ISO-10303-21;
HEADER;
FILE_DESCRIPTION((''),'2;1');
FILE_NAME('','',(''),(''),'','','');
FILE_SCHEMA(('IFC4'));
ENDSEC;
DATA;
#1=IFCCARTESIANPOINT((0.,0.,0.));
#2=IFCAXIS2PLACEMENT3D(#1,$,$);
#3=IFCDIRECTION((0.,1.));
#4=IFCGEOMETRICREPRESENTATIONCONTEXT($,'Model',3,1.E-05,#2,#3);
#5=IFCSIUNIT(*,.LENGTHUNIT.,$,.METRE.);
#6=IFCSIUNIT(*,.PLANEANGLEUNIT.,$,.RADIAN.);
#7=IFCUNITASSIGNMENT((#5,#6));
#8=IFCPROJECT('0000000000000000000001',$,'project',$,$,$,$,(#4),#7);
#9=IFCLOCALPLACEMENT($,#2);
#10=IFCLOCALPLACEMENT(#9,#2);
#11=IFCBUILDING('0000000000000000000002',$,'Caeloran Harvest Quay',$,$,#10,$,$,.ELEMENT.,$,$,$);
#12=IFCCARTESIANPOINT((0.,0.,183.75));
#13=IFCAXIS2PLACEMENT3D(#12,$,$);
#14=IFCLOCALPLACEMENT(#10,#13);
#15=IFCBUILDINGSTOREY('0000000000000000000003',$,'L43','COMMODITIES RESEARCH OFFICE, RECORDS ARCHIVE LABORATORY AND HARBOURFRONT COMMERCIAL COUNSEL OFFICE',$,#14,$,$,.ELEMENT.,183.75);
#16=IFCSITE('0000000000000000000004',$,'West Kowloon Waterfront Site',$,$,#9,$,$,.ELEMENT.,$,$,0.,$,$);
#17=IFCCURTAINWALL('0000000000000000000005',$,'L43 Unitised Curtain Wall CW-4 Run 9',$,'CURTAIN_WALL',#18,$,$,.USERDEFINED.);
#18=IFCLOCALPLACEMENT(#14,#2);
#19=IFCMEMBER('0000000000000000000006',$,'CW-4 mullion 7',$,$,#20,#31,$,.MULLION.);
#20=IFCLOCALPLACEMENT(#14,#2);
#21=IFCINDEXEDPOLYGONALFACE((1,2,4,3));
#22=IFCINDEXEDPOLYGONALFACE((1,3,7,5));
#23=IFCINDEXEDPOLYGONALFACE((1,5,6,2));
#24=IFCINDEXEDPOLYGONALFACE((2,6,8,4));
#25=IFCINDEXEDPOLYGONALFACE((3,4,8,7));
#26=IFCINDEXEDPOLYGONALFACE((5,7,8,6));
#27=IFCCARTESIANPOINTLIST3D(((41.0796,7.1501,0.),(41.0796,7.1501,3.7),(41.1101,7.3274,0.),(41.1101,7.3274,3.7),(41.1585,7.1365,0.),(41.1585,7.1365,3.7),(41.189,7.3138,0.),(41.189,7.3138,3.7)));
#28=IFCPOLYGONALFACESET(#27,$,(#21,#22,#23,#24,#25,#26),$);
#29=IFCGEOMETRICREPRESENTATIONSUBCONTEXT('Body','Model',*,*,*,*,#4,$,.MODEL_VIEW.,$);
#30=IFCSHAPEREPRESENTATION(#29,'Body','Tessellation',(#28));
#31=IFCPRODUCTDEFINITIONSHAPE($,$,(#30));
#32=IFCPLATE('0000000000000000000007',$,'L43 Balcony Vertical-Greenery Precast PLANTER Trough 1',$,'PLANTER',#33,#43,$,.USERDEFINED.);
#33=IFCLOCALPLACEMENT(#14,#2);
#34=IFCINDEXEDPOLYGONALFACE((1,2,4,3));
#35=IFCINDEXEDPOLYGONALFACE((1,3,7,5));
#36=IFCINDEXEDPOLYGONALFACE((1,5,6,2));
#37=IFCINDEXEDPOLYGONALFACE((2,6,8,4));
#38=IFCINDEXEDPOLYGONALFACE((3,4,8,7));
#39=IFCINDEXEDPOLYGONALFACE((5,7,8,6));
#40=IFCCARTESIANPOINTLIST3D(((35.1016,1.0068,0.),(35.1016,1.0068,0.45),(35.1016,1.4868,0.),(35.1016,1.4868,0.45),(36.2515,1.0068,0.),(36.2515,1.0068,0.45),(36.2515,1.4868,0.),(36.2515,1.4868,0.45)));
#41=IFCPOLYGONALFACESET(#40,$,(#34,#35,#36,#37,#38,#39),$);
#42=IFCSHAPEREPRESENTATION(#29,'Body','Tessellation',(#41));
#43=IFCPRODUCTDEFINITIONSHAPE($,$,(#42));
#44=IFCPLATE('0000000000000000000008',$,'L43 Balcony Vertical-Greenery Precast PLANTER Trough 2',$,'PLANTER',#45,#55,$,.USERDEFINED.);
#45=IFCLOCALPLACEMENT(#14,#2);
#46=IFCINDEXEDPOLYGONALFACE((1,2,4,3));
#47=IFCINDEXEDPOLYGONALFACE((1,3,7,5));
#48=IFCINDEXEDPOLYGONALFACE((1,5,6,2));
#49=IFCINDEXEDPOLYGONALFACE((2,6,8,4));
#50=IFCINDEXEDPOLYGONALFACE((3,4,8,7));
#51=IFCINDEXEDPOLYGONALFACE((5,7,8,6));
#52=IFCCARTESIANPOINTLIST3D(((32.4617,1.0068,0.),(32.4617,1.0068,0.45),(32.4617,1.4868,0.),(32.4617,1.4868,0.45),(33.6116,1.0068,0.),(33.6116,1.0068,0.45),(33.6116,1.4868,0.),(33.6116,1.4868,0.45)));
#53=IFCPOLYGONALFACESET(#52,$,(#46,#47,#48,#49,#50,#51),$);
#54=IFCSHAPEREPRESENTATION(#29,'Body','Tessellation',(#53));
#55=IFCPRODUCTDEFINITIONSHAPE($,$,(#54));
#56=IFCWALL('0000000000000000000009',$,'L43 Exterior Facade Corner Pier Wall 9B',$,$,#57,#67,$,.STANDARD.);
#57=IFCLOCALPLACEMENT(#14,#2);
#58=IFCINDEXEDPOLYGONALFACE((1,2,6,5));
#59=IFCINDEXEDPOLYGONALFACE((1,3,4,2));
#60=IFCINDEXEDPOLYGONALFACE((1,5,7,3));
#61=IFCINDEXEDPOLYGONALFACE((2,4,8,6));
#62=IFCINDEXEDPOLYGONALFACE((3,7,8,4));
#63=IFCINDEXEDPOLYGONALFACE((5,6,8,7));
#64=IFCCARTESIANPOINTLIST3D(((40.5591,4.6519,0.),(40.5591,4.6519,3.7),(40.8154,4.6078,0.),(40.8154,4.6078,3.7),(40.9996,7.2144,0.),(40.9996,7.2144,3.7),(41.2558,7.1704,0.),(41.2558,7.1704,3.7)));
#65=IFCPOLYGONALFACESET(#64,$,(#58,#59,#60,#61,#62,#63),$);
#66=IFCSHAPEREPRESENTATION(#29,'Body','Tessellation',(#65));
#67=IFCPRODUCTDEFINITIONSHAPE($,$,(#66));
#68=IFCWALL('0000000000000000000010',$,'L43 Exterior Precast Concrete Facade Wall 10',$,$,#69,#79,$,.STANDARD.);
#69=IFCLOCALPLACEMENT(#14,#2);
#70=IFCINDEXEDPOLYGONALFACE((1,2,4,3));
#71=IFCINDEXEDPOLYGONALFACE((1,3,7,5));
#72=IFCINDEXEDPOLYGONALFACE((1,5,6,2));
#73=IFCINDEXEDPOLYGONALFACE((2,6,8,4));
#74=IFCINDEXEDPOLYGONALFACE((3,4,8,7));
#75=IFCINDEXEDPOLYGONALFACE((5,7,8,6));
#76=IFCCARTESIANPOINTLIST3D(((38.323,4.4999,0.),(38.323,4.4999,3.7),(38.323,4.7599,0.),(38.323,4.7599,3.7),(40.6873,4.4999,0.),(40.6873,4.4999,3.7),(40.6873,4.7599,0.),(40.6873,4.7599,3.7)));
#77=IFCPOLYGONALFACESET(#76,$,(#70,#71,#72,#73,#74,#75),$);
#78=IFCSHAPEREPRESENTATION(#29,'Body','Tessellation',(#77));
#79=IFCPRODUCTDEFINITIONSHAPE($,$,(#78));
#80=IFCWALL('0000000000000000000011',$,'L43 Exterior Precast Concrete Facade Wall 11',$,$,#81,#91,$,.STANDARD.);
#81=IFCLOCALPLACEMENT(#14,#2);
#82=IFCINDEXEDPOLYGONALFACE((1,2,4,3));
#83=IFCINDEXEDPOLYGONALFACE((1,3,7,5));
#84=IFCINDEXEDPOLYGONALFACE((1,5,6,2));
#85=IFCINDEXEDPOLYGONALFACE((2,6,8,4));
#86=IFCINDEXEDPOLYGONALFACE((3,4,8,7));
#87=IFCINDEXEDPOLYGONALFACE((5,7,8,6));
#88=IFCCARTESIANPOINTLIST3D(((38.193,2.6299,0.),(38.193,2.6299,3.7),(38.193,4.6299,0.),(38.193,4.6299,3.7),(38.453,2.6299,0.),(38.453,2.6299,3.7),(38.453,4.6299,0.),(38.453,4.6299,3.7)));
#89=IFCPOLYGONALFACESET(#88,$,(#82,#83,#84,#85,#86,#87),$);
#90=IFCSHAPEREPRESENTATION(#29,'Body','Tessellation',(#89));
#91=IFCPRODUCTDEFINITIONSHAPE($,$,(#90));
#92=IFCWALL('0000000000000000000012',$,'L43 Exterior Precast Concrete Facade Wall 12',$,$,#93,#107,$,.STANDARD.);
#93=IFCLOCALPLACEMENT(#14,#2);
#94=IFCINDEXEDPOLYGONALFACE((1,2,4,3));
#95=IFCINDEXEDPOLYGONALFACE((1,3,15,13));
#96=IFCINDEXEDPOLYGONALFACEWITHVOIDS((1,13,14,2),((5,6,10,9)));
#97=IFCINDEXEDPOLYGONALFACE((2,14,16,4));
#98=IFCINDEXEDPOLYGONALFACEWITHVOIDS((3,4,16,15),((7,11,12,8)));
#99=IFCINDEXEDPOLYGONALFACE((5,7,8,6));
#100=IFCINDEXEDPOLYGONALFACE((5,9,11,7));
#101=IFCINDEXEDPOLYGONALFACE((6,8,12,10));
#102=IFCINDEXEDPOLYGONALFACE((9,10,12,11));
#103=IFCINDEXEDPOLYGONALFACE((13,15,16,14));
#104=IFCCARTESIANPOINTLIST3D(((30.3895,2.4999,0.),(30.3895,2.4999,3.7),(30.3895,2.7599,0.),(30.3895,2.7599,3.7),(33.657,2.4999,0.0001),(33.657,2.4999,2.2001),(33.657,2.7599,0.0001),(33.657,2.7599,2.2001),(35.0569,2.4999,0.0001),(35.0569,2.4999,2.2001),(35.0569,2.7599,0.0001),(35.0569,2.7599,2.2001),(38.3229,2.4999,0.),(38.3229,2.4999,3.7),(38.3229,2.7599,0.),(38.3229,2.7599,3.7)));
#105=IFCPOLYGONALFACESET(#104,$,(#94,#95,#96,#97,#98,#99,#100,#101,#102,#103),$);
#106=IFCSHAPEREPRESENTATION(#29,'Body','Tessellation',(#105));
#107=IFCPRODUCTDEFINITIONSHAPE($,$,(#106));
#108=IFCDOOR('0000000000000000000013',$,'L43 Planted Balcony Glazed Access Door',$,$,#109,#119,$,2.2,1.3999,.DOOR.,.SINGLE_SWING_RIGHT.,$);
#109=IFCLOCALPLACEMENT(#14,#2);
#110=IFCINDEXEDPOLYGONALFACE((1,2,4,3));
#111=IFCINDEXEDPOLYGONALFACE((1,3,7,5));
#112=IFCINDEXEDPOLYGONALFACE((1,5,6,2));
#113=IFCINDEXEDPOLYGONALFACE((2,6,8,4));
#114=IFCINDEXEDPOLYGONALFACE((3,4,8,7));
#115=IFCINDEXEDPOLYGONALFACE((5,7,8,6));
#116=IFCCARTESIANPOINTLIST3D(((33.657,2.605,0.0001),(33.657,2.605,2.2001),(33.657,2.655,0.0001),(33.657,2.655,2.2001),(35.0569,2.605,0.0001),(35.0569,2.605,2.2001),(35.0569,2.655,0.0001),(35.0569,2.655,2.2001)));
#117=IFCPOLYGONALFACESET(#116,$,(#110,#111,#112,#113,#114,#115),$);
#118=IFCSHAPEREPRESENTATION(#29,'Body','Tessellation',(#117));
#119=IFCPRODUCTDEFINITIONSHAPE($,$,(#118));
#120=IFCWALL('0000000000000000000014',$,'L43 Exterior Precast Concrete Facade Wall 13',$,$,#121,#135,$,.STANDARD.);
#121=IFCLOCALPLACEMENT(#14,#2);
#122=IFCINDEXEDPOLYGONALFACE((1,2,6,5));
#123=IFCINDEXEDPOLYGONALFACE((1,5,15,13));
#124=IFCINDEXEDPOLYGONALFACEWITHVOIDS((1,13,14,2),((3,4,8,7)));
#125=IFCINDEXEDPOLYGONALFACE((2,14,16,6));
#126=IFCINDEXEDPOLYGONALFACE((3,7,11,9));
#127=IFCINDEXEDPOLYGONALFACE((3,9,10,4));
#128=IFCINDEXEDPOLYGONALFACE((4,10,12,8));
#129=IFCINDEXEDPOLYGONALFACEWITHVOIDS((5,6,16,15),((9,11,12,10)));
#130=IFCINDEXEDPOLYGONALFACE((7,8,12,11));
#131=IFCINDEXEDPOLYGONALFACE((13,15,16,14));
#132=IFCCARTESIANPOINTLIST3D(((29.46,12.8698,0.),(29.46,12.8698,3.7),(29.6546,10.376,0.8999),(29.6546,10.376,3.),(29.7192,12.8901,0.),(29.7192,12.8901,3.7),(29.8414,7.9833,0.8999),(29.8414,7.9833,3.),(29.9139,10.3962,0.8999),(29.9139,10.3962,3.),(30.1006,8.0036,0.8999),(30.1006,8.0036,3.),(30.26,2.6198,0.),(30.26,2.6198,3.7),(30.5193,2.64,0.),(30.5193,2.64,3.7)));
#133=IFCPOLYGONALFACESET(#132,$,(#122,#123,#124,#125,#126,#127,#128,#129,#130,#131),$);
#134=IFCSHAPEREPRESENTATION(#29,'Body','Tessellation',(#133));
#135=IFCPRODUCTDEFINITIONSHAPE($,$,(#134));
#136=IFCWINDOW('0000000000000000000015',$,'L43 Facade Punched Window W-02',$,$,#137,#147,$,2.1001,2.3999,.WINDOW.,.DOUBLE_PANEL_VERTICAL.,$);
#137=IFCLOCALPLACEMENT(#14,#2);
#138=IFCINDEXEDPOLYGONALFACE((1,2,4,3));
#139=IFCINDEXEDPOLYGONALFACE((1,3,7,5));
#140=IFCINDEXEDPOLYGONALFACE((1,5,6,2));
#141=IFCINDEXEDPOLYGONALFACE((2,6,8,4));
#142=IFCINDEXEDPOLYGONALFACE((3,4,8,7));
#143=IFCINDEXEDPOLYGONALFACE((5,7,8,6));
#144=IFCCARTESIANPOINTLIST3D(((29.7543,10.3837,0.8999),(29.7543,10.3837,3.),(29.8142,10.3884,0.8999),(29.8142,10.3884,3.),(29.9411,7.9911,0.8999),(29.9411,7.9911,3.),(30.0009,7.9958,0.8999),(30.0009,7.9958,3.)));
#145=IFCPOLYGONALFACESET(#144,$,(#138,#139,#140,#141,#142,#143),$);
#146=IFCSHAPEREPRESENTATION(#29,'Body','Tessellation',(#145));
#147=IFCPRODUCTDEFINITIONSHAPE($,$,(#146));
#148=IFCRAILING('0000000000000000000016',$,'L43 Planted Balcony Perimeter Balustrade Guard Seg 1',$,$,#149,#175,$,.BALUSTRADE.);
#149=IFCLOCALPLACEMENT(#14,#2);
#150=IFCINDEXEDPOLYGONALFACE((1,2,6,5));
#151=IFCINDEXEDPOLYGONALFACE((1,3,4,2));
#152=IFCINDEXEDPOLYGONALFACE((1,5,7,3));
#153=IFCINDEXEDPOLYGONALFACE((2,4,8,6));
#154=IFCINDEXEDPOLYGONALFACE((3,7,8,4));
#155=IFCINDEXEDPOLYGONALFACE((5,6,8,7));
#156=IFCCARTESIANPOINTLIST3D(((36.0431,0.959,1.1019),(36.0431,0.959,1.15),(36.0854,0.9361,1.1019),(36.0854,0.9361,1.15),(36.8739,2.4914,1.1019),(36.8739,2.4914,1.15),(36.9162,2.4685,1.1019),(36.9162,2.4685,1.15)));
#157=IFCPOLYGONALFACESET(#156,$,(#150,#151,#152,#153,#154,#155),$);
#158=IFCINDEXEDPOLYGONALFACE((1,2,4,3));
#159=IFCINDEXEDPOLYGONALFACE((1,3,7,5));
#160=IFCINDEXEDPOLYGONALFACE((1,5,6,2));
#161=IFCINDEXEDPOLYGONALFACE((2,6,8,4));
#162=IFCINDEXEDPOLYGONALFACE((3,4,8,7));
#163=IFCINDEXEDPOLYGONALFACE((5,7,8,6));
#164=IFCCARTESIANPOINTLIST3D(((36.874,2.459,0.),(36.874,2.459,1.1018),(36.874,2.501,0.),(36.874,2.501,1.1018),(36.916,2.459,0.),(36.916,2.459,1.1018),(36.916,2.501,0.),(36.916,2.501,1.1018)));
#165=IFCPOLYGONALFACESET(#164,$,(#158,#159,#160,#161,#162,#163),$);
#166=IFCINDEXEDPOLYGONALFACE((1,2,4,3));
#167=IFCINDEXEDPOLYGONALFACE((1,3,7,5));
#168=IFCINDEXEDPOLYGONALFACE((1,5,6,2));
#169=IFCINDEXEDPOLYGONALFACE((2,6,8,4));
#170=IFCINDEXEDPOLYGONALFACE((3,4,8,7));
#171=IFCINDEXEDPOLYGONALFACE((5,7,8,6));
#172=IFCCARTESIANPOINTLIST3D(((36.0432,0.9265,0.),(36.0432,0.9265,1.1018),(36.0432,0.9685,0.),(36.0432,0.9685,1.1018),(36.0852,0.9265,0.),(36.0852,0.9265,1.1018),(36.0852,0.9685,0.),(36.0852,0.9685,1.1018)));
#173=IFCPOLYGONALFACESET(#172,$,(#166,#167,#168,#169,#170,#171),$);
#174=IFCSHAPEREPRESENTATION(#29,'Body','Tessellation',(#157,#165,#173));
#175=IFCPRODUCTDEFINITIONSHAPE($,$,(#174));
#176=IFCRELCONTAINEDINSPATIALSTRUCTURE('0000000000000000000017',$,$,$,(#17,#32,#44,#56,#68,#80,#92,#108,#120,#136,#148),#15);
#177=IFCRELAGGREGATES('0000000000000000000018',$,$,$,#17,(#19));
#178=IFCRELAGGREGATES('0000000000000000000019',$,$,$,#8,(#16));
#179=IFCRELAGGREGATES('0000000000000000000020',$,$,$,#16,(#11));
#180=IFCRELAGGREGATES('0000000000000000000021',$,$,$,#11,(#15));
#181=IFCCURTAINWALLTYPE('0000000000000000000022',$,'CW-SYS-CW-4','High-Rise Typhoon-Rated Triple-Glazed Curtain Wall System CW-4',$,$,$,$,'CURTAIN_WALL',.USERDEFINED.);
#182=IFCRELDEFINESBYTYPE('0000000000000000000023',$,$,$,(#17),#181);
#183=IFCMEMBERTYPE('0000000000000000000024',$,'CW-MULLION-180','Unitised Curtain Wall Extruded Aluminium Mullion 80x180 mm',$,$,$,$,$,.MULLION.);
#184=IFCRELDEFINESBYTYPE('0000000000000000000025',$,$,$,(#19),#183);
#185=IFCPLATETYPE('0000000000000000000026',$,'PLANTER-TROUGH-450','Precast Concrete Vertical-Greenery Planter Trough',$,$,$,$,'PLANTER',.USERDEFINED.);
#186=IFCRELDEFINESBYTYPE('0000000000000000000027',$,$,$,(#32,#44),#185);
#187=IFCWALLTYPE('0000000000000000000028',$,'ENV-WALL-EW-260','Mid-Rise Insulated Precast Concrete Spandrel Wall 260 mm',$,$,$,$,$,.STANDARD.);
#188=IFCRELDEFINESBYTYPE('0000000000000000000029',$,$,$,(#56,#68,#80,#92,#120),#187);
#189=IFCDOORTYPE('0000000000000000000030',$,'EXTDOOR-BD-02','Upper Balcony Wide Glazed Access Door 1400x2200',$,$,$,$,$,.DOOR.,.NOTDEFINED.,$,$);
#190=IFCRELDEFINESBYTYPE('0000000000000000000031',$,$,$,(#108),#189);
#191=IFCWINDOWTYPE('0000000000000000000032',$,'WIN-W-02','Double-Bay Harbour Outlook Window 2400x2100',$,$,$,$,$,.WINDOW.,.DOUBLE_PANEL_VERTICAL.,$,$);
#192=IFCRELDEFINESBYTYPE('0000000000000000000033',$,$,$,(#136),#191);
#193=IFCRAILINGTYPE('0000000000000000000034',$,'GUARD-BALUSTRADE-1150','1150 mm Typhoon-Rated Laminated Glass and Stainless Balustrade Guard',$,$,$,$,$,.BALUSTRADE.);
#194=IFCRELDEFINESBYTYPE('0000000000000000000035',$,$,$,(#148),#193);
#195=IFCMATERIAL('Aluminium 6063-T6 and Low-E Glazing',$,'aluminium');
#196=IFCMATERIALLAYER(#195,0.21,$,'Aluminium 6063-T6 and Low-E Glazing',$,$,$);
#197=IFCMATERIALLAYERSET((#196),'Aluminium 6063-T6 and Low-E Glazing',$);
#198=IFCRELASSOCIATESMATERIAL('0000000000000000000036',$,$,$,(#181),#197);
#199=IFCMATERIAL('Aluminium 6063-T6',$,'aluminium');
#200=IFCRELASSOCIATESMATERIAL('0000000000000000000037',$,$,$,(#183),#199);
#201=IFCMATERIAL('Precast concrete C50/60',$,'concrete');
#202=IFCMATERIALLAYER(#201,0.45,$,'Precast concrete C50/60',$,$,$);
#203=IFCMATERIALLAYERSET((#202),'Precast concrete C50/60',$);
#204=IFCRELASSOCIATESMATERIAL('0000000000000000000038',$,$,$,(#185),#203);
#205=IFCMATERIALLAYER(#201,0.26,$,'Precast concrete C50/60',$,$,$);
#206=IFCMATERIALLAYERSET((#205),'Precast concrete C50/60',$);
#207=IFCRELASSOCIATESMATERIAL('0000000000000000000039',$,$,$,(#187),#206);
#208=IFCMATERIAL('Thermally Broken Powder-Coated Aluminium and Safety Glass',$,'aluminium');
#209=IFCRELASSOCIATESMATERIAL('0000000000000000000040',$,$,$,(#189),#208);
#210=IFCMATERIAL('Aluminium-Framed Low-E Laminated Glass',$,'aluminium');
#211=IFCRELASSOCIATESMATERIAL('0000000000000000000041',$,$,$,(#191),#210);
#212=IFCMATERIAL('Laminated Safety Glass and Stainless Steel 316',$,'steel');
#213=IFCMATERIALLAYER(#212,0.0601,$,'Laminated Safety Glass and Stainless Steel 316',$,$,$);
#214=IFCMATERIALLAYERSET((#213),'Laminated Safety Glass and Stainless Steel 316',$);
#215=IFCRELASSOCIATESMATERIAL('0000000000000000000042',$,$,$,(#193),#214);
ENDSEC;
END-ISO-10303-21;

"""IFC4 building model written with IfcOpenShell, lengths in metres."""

from ifc_helpers import new_model, si_unit, direction, frame, frame_2d, origin, origin_2d, place, context, subcontext, project, spatial, rectangle, extrude, material, layer, layer_set, material_profile, profile_set, type_object, element, fill, aggregate, save


model = new_model("IFC4")

# Units and contexts
model_context = context("Model", 3, precision=1e-05, world=origin(), true_north=direction((0.0, 1.0)))
body_context = subcontext(model_context, "Body", "Model", "MODEL_VIEW")
ifc_project = project(units=[si_unit("LENGTHUNIT", "METRE"), si_unit("PLANEANGLEUNIT", "RADIAN")], contexts=[model_context])

# Site, building, storey
site_placement = place(None, origin())
site = spatial("IfcSite", under=ifc_project, at=site_placement, Name="West Kowloon Waterfront Site", CompositionType="ELEMENT", RefElevation=0.0)
building_placement = place(site_placement, origin())
building = spatial("IfcBuilding", under=site, at=building_placement, Name="Caeloran Harvest Quay", CompositionType="ELEMENT")
storey_placement = place(building_placement, frame((0.0, 0.0, 183.75)))
storey = spatial("IfcBuildingStorey", under=building, at=storey_placement, Name="L43", Description="COMMODITIES RESEARCH OFFICE, RECORDS ARCHIVE LABORATORY AND HARBOURFRONT COMMERCIAL COUNSEL OFFICE", CompositionType="ELEMENT", Elevation=183.75)

# Curtain wall, member
ifc_material_1 = material(Name="Aluminium 6063-T6 and Low-E Glazing", Category="aluminium")
ifc_layer_1 = layer(ifc_material_1, 0.21, Name="Aluminium 6063-T6 and Low-E Glazing")
ifc_layer_set_1 = layer_set([ifc_layer_1], Name="Aluminium 6063-T6 and Low-E Glazing")
curtain_wall_type = type_object("IfcCurtainWallType", Name="CW-SYS-CW-4", Description="High-Rise Typhoon-Rated Triple-Glazed Curtain Wall System CW-4", ElementType="CURTAIN_WALL", PredefinedType="USERDEFINED", material=ifc_layer_set_1)
curtain_wall_placement = place(storey_placement, origin())
curtain_wall = element("IfcCurtainWall", 1, at=curtain_wall_placement, inside=storey, type_object=curtain_wall_type, Name="L43 Unitised Curtain Wall CW-4 Run 9", ObjectType="CURTAIN_WALL", PredefinedType="USERDEFINED")
ifc_material_2 = material(Name="Aluminium 6063-T6", Category="aluminium")
ifc_material_profile = material_profile(ifc_material_2, rectangle(XDim=0.0801, YDim=0.1799, at=origin_2d()), Name="CW-MULLION-180")
ifc_profile_set = profile_set([ifc_material_profile], Name="Aluminium 6063-T6")
member_type = type_object("IfcMemberType", Name="CW-MULLION-180", Description="Unitised Curtain Wall Extruded Aluminium Mullion 80x180 mm", PredefinedType="MULLION", material=ifc_profile_set)
member_placement = place(storey_placement, frame((41.1343, 7.2319, 0.0), z_axis=(0.0, 0.0, 1.0), x_axis=(0.985549, -0.169392, 0.0)))
member = element("IfcMember", 2, at=member_placement, type_object=member_type, Name="CW-4 mullion 7", PredefinedType="MULLION", context=body_context, shape_type="SweptSolid", body=[
    extrude(rectangle(XDim=0.0801, YDim=0.1799, at=origin_2d()), origin(), (0.0, 0.0, 1.0), 3.7),
])
aggregate(curtain_wall, [member])

# Plates
ifc_material_3 = material(Name="Precast concrete C50/60", Category="concrete")
ifc_layer_2 = layer(ifc_material_3, 0.45, Name="Precast concrete C50/60")
ifc_layer_set_2 = layer_set([ifc_layer_2], Name="Precast concrete C50/60")
plate_type = type_object("IfcPlateType", Name="PLANTER-TROUGH-450", Description="Precast Concrete Vertical-Greenery Planter Trough", ElementType="PLANTER", PredefinedType="USERDEFINED", material=ifc_layer_set_2)
for number, where, z_axis, x_axis, name in (
    (3, (35.6765, 1.2468, 0.0), (0.0, 0.0, 1.0), (1.0, 0.0, 0.0), "L43 Balcony Vertical-Greenery Precast PLANTER Trough 1"),
    (4, (33.0366, 1.2468, 0.0), (0.0, 0.0, 1.0), (1.0, 0.0, 0.0), "L43 Balcony Vertical-Greenery Precast PLANTER Trough 2"),
):
    element("IfcPlate", number, at=place(storey_placement, frame(where, z_axis=z_axis, x_axis=x_axis)), inside=storey, type_object=plate_type, Name=name, ObjectType="PLANTER", PredefinedType="USERDEFINED", context=body_context, shape_type="SweptSolid", body=[
        extrude(rectangle(XDim=1.1499, YDim=0.48, at=origin_2d()), origin(), (0.0, 0.0, 1.0), 0.45),
    ])

# Walls
ifc_layer_3 = layer(ifc_material_3, 0.26, Name="Precast concrete C50/60")
ifc_layer_set_3 = layer_set([ifc_layer_3], Name="Precast concrete C50/60")
wall_type = type_object("IfcWallType", Name="ENV-WALL-EW-260", Description="Mid-Rise Insulated Precast Concrete Spandrel Wall 260 mm", PredefinedType="STANDARD", material=ifc_layer_set_3)
wall_1_placement = place(storey_placement, frame((41.1277, 7.1924, 0.0), z_axis=(0.0, 0.0, 1.0), x_axis=(-0.169391, -0.985549, 0.0)))
element("IfcWall", 5, at=wall_1_placement, inside=storey, type_object=wall_type, Name="L43 Exterior Facade Corner Pier Wall 9B", PredefinedType="STANDARD", context=body_context, shape_type="SweptSolid", body=[
    extrude(rectangle(XDim=2.6001, YDim=0.26, at=frame_2d((1.3, 0.0))), origin(), (0.0, 0.0, 1.0), 3.7),
])
wall_2_placement = place(storey_placement, frame((40.6873, 4.6299, 0.0), z_axis=(0.0, 0.0, 1.0), x_axis=(-1.0, 0.0, 0.0)))
element("IfcWall", 6, at=wall_2_placement, inside=storey, type_object=wall_type, Name="L43 Exterior Precast Concrete Facade Wall 10", PredefinedType="STANDARD", context=body_context, shape_type="SweptSolid", body=[
    extrude(rectangle(XDim=2.3643, YDim=0.26, at=frame_2d((1.1821, 0.0))), origin(), (0.0, 0.0, 1.0), 3.7),
])
wall_3_placement = place(storey_placement, frame((38.323, 4.6299, 0.0), z_axis=(0.0, 0.0, 1.0), x_axis=(0.0, -1.0, 0.0)))
element("IfcWall", 7, at=wall_3_placement, inside=storey, type_object=wall_type, Name="L43 Exterior Precast Concrete Facade Wall 11", PredefinedType="STANDARD", context=body_context, shape_type="SweptSolid", body=[
    extrude(rectangle(XDim=2.0, YDim=0.26, at=frame_2d((1.0, 0.0))), origin(), (0.0, 0.0, 1.0), 3.7),
])

# Wall, opening, door
wall_4_placement = place(storey_placement, frame((38.323, 2.6299, 0.0), z_axis=(0.0, 0.0, 1.0), x_axis=(-1.0, 0.0, 0.0)))
wall_4 = element("IfcWall", 8, at=wall_4_placement, inside=storey, type_object=wall_type, Name="L43 Exterior Precast Concrete Facade Wall 12", PredefinedType="STANDARD", context=body_context, shape_type="SweptSolid", body=[
    extrude(rectangle(XDim=7.9333, YDim=0.26, at=frame_2d((3.9668, 0.0))), origin(), (0.0, 0.0, 1.0), 3.7),
])
opening_1_placement = place(wall_4_placement, frame((3.2661, 0.0, 0.0)))
opening_1 = element("IfcOpeningElement", 9, at=opening_1_placement, cuts=wall_4, PredefinedType="OPENING", context=body_context, shape_type="SweptSolid", body=[
    extrude(rectangle(XDim=1.3999, YDim=2.2, at=frame_2d((0.7, 1.1001))), frame((0.0, 0.1401, 0.0), z_axis=(0.0, -1.0, 0.0), x_axis=(1.0, 0.0, 0.0)), (0.0, 0.0, 1.0), 0.28),
])
ifc_material_4 = material(Name="Thermally Broken Powder-Coated Aluminium and Safety Glass", Category="aluminium")
door_type = type_object("IfcDoorType", Name="EXTDOOR-BD-02", Description="Upper Balcony Wide Glazed Access Door 1400x2200", OperationType="NOTDEFINED", PredefinedType="DOOR", material=ifc_material_4)
door_placement = place(opening_1_placement, origin())
door = element("IfcDoor", 10, at=door_placement, inside=storey, type_object=door_type, Name="L43 Planted Balcony Glazed Access Door", OperationType="SINGLE_SWING_RIGHT", OverallHeight=2.2, OverallWidth=1.3999, PredefinedType="DOOR", context=body_context, shape_type="SweptSolid", body=[
    extrude(rectangle(XDim=1.3999, YDim=2.2, at=frame_2d((0.7, 1.1001))), frame((0.0, 0.0249, 0.0), z_axis=(0.0, -1.0, 0.0), x_axis=(1.0, 0.0, 0.0)), (0.0, 0.0, 1.0), 0.05),
])
fill(opening_1, door)

# Wall, opening, window
wall_5_placement = place(storey_placement, frame((30.3896, 2.6299, 0.0), z_axis=(0.0, 0.0, 1.0), x_axis=(-0.077817, 0.996968, 0.0)))
wall_5 = element("IfcWall", 11, at=wall_5_placement, inside=storey, type_object=wall_type, Name="L43 Exterior Precast Concrete Facade Wall 13", PredefinedType="STANDARD", context=body_context, shape_type="SweptSolid", body=[
    extrude(rectangle(XDim=10.2812, YDim=0.26, at=frame_2d((5.1406, 0.0))), origin(), (0.0, 0.0, 1.0), 3.7),
])
opening_2_placement = place(wall_5_placement, frame((5.3799, 0.0, 0.8999)))
opening_2 = element("IfcOpeningElement", 12, at=opening_2_placement, cuts=wall_5, PredefinedType="OPENING", context=body_context, shape_type="SweptSolid", body=[
    extrude(rectangle(XDim=2.3999, YDim=2.1001, at=frame_2d((1.2, 1.05))), frame((0.0, 0.1401, 0.0), z_axis=(0.0, -1.0, 0.0), x_axis=(1.0, 0.0, 0.0)), (0.0, 0.0, 1.0), 0.28),
])
ifc_material_5 = material(Name="Aluminium-Framed Low-E Laminated Glass", Category="aluminium")
window_type = type_object("IfcWindowType", Name="WIN-W-02", Description="Double-Bay Harbour Outlook Window 2400x2100", PartitioningType="DOUBLE_PANEL_VERTICAL", PredefinedType="WINDOW", material=ifc_material_5)
window_placement = place(opening_2_placement, origin())
window = element("IfcWindow", 13, at=window_placement, inside=storey, type_object=window_type, Name="L43 Facade Punched Window W-02", OverallHeight=2.1001, OverallWidth=2.3999, PartitioningType="DOUBLE_PANEL_VERTICAL", PredefinedType="WINDOW", context=body_context, shape_type="SweptSolid", body=[
    extrude(rectangle(XDim=2.3999, YDim=2.1001, at=frame_2d((1.2, 1.05))), frame((0.0, 0.03, 0.0), z_axis=(0.0, -1.0, 0.0), x_axis=(1.0, 0.0, 0.0)), (0.0, 0.0, 1.0), 0.0601),
])
fill(opening_2, window)

# Railing
ifc_material_6 = material(Name="Laminated Safety Glass and Stainless Steel 316", Category="steel")
ifc_layer_4 = layer(ifc_material_6, 0.0601, Name="Laminated Safety Glass and Stainless Steel 316")
ifc_layer_set_4 = layer_set([ifc_layer_4], Name="Laminated Safety Glass and Stainless Steel 316")
railing_type = type_object("IfcRailingType", Name="GUARD-BALUSTRADE-1150", Description="1150 mm Typhoon-Rated Laminated Glass and Stainless Balustrade Guard", PredefinedType="BALUSTRADE", material=ifc_layer_set_4)
railing_1_placement = place(storey_placement, frame((36.895, 2.48, 0.0)))
element("IfcRailing", 14, at=railing_1_placement, inside=storey, type_object=railing_type, Name="L43 Planted Balcony Perimeter Balustrade Guard Seg 1", PredefinedType="BALUSTRADE", context=body_context, shape_type="SweptSolid", body=[
    extrude(rectangle(XDim=0.0481, YDim=0.0481, at=origin_2d()), frame((0.0, 0.0, 1.126), z_axis=(-0.476603, -0.879118, 0.0), x_axis=(0.879118, -0.476603, 0.0)), (0.0, 0.0, 1.0), 1.7432),
    extrude(rectangle(XDim=0.042, YDim=0.042, at=origin_2d()), origin(), (0.0, 0.0, 1.0), 1.1018),
    extrude(rectangle(XDim=0.042, YDim=0.042, at=origin_2d()), frame((-0.8308, -1.5325, 0.0)), (0.0, 0.0, 1.0), 1.1018),
])

save(model, "model.ifc")
